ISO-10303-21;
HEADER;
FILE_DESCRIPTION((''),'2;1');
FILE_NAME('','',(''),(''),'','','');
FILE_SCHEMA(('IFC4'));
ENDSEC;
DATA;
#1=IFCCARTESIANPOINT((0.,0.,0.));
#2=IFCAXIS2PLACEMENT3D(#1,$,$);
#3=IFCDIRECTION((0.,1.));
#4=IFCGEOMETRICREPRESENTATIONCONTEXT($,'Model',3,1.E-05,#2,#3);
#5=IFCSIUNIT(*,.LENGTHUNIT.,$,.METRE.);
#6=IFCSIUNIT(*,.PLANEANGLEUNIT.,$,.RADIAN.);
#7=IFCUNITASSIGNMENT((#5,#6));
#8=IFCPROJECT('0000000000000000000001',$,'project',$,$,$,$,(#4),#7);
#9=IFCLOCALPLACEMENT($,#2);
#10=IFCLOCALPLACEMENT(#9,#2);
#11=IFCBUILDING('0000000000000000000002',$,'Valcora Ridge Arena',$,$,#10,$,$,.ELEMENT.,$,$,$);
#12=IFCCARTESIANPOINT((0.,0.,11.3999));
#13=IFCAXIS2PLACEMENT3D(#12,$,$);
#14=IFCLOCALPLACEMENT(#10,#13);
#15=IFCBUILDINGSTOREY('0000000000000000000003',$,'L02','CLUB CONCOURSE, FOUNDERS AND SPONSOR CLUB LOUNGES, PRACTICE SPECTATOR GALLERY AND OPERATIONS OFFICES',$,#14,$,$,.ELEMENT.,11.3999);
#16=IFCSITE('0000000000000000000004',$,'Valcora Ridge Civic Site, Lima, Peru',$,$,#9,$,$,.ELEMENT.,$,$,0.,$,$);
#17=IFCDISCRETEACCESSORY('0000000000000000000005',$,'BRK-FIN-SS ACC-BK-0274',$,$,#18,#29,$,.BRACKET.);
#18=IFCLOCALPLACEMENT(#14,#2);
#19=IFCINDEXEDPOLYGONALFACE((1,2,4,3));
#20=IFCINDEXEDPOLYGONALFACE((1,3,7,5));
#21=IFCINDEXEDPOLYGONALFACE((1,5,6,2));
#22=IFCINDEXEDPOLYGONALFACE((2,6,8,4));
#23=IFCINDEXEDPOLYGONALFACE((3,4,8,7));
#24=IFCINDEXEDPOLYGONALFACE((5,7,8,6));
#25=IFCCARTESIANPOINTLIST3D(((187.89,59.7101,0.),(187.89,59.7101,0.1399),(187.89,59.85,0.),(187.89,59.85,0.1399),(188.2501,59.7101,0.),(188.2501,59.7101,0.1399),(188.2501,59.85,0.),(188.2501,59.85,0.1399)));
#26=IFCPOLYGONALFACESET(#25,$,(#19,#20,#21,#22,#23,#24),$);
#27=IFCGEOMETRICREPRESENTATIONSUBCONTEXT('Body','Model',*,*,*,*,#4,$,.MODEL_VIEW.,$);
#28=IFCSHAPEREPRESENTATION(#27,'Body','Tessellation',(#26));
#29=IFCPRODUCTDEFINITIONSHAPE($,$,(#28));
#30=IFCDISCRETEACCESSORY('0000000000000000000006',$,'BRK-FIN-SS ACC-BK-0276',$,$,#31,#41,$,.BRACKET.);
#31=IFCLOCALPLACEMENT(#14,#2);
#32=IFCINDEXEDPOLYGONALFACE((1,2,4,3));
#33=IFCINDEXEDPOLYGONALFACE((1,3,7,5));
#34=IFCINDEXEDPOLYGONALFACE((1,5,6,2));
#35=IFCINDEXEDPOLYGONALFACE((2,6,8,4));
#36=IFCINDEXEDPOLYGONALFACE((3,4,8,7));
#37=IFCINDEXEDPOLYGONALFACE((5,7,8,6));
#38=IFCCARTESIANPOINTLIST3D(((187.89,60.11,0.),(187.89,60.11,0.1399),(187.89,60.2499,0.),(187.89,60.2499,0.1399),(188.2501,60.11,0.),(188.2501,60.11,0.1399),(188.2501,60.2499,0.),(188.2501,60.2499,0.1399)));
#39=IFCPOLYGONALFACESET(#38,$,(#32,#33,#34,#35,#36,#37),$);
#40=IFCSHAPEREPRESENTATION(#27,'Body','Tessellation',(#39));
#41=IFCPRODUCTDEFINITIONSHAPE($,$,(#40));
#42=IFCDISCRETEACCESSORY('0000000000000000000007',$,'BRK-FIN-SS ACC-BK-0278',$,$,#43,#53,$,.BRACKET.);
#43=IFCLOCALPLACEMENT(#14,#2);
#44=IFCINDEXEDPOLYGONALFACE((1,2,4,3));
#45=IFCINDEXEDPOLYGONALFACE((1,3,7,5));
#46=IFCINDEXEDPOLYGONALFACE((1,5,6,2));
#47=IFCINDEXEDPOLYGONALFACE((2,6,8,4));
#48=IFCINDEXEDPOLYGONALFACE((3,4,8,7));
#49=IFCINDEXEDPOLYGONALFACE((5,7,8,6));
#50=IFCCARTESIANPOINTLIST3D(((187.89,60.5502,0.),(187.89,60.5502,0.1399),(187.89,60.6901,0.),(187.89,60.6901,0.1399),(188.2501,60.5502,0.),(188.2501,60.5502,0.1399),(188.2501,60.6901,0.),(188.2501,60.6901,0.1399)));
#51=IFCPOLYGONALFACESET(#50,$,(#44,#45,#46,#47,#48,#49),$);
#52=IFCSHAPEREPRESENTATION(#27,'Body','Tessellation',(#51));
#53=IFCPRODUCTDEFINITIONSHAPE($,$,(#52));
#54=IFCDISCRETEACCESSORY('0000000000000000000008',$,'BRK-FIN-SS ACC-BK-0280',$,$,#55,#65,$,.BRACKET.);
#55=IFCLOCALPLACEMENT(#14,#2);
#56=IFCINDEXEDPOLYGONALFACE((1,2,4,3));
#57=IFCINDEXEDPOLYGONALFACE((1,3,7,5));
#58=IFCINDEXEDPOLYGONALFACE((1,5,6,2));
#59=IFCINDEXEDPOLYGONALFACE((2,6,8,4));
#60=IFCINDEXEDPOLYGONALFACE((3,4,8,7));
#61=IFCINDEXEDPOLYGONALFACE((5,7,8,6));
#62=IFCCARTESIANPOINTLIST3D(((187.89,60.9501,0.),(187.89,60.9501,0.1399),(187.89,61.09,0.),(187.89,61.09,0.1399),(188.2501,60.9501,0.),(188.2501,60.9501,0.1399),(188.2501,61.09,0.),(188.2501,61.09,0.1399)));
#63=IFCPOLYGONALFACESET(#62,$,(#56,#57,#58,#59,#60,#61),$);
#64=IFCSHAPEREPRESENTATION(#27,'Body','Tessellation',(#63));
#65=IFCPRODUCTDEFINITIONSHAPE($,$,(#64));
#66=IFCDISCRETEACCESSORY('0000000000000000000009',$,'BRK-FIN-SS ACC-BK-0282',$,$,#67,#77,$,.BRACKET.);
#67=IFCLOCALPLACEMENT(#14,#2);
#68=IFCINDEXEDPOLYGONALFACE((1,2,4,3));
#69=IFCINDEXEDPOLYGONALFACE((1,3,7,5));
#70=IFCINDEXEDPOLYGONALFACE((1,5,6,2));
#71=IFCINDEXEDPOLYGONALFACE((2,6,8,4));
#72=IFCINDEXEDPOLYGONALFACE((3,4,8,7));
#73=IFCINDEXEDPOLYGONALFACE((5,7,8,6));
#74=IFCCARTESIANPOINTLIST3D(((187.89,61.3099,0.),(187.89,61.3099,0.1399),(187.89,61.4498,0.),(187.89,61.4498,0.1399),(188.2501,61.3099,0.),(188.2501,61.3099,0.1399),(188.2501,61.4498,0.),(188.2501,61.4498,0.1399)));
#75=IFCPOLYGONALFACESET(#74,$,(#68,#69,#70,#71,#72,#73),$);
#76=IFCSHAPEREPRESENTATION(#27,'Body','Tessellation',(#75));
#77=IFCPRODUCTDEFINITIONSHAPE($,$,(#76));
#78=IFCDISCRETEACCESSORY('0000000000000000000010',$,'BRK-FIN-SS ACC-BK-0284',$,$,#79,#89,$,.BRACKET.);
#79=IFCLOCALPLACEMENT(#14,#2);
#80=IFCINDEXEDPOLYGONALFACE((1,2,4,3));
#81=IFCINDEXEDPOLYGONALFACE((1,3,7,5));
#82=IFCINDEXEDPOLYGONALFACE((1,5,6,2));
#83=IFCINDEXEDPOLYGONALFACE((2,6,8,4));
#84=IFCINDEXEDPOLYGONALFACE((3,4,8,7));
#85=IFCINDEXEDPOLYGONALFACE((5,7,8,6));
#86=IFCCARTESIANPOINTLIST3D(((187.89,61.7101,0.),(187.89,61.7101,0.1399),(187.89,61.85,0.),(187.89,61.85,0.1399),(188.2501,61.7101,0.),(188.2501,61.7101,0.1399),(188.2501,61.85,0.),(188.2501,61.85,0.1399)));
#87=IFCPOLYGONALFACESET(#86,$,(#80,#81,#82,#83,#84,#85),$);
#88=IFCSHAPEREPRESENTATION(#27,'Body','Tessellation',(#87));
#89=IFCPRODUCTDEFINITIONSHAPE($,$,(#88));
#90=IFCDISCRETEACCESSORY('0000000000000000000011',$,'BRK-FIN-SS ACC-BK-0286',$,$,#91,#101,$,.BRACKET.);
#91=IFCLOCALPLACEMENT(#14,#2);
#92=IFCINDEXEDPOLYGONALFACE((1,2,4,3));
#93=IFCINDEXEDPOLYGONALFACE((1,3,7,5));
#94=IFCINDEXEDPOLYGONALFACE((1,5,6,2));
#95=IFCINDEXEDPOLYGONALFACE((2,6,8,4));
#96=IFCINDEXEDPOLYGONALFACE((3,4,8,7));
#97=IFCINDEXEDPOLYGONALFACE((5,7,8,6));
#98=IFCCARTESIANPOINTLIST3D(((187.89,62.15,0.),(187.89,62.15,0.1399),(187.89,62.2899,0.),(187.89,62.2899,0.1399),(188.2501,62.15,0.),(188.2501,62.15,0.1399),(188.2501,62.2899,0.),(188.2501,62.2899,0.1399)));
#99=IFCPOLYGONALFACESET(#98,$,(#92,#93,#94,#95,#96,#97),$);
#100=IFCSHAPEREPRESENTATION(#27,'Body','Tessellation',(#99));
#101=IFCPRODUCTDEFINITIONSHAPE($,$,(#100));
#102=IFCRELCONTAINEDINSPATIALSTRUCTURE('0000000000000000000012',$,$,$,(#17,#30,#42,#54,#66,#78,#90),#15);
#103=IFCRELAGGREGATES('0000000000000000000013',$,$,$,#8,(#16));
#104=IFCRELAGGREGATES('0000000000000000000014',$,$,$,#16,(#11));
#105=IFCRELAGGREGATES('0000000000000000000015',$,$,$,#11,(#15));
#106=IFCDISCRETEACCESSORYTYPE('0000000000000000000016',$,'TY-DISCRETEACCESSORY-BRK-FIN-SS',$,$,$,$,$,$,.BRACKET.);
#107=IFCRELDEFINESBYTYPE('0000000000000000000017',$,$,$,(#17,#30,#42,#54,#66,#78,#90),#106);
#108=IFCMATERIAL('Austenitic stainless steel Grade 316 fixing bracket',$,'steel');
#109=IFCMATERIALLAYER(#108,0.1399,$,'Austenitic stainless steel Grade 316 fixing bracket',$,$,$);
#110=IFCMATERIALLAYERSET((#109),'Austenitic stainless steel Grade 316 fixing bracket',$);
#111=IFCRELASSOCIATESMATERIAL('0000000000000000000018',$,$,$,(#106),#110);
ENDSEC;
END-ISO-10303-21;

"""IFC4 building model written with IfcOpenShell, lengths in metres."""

from ifc_helpers import new_model, si_unit, direction, frame, origin, origin_2d, place, context, subcontext, project, spatial, rectangle, extrude, material, layer, layer_set, type_object, element, save


model = new_model("IFC4")

# Units and contexts
model_context = context("Model", 3, precision=1e-05, world=origin(), true_north=direction((0.0, 1.0)))
body_context = subcontext(model_context, "Body", "Model", "MODEL_VIEW")
ifc_project = project(units=[si_unit("LENGTHUNIT", "METRE"), si_unit("PLANEANGLEUNIT", "RADIAN")], contexts=[model_context])

# Site, building, storey
site_placement = place(None, origin())
site = spatial("IfcSite", under=ifc_project, at=site_placement, Name="Valcora Ridge Civic Site, Lima, Peru", CompositionType="ELEMENT", RefElevation=0.0)
building_placement = place(site_placement, origin())
building = spatial("IfcBuilding", under=site, at=building_placement, Name="Valcora Ridge Arena", CompositionType="ELEMENT")
storey_placement = place(building_placement, frame((0.0, 0.0, 11.3999)))
storey = spatial("IfcBuildingStorey", under=building, at=storey_placement, Name="L02", Description="CLUB CONCOURSE, FOUNDERS AND SPONSOR CLUB LOUNGES, PRACTICE SPECTATOR GALLERY AND OPERATIONS OFFICES", CompositionType="ELEMENT", Elevation=11.3999)

# Discrete accessories
ifc_material_1 = material(Name="Austenitic stainless steel Grade 316 fixing bracket", Category="steel")
ifc_layer = layer(ifc_material_1, 0.1399, Name="Austenitic stainless steel Grade 316 fixing bracket")
ifc_layer_set = layer_set([ifc_layer], Name="Austenitic stainless steel Grade 316 fixing bracket")
discrete_accessory_type = type_object("IfcDiscreteAccessoryType", Name="TY-DISCRETEACCESSORY-BRK-FIN-SS", PredefinedType="BRACKET", material=ifc_layer_set)
for number, where, z_axis, x_axis, name in (
    (1, (188.0701, 59.78, 0.0), (0.0, 0.0, 1.0), (1.0, 0.0, 0.0), "BRK-FIN-SS ACC-BK-0274"),
    (2, (188.0701, 60.1799, 0.0), (0.0, 0.0, 1.0), (1.0, 0.0, 0.0), "BRK-FIN-SS ACC-BK-0276"),
    (3, (188.0701, 60.6201, 0.0), (0.0, 0.0, 1.0), (1.0, 0.0, 0.0), "BRK-FIN-SS ACC-BK-0278"),
    (4, (188.0701, 61.02, 0.0), (0.0, 0.0, 1.0), (1.0, 0.0, 0.0), "BRK-FIN-SS ACC-BK-0280"),
    (5, (188.0701, 61.3799, 0.0), (0.0, 0.0, 1.0), (1.0, 0.0, 0.0), "BRK-FIN-SS ACC-BK-0282"),
    (6, (188.0701, 61.78, 0.0), (0.0, 0.0, 1.0), (1.0, 0.0, 0.0), "BRK-FIN-SS ACC-BK-0284"),
    (7, (188.0701, 62.22, 0.0), (0.0, 0.0, 1.0), (1.0, 0.0, 0.0), "BRK-FIN-SS ACC-BK-0286"),
):
    element("IfcDiscreteAccessory", number, at=place(storey_placement, frame(where, z_axis=z_axis, x_axis=x_axis)), inside=storey, type_object=discrete_accessory_type, Name=name, PredefinedType="BRACKET", context=body_context, shape_type="SweptSolid", body=[
        extrude(rectangle(XDim=0.3601, YDim=0.1399, at=origin_2d()), origin(), (0.0, 0.0, 1.0), 0.1399),
    ])

save(model, "model.ifc")
